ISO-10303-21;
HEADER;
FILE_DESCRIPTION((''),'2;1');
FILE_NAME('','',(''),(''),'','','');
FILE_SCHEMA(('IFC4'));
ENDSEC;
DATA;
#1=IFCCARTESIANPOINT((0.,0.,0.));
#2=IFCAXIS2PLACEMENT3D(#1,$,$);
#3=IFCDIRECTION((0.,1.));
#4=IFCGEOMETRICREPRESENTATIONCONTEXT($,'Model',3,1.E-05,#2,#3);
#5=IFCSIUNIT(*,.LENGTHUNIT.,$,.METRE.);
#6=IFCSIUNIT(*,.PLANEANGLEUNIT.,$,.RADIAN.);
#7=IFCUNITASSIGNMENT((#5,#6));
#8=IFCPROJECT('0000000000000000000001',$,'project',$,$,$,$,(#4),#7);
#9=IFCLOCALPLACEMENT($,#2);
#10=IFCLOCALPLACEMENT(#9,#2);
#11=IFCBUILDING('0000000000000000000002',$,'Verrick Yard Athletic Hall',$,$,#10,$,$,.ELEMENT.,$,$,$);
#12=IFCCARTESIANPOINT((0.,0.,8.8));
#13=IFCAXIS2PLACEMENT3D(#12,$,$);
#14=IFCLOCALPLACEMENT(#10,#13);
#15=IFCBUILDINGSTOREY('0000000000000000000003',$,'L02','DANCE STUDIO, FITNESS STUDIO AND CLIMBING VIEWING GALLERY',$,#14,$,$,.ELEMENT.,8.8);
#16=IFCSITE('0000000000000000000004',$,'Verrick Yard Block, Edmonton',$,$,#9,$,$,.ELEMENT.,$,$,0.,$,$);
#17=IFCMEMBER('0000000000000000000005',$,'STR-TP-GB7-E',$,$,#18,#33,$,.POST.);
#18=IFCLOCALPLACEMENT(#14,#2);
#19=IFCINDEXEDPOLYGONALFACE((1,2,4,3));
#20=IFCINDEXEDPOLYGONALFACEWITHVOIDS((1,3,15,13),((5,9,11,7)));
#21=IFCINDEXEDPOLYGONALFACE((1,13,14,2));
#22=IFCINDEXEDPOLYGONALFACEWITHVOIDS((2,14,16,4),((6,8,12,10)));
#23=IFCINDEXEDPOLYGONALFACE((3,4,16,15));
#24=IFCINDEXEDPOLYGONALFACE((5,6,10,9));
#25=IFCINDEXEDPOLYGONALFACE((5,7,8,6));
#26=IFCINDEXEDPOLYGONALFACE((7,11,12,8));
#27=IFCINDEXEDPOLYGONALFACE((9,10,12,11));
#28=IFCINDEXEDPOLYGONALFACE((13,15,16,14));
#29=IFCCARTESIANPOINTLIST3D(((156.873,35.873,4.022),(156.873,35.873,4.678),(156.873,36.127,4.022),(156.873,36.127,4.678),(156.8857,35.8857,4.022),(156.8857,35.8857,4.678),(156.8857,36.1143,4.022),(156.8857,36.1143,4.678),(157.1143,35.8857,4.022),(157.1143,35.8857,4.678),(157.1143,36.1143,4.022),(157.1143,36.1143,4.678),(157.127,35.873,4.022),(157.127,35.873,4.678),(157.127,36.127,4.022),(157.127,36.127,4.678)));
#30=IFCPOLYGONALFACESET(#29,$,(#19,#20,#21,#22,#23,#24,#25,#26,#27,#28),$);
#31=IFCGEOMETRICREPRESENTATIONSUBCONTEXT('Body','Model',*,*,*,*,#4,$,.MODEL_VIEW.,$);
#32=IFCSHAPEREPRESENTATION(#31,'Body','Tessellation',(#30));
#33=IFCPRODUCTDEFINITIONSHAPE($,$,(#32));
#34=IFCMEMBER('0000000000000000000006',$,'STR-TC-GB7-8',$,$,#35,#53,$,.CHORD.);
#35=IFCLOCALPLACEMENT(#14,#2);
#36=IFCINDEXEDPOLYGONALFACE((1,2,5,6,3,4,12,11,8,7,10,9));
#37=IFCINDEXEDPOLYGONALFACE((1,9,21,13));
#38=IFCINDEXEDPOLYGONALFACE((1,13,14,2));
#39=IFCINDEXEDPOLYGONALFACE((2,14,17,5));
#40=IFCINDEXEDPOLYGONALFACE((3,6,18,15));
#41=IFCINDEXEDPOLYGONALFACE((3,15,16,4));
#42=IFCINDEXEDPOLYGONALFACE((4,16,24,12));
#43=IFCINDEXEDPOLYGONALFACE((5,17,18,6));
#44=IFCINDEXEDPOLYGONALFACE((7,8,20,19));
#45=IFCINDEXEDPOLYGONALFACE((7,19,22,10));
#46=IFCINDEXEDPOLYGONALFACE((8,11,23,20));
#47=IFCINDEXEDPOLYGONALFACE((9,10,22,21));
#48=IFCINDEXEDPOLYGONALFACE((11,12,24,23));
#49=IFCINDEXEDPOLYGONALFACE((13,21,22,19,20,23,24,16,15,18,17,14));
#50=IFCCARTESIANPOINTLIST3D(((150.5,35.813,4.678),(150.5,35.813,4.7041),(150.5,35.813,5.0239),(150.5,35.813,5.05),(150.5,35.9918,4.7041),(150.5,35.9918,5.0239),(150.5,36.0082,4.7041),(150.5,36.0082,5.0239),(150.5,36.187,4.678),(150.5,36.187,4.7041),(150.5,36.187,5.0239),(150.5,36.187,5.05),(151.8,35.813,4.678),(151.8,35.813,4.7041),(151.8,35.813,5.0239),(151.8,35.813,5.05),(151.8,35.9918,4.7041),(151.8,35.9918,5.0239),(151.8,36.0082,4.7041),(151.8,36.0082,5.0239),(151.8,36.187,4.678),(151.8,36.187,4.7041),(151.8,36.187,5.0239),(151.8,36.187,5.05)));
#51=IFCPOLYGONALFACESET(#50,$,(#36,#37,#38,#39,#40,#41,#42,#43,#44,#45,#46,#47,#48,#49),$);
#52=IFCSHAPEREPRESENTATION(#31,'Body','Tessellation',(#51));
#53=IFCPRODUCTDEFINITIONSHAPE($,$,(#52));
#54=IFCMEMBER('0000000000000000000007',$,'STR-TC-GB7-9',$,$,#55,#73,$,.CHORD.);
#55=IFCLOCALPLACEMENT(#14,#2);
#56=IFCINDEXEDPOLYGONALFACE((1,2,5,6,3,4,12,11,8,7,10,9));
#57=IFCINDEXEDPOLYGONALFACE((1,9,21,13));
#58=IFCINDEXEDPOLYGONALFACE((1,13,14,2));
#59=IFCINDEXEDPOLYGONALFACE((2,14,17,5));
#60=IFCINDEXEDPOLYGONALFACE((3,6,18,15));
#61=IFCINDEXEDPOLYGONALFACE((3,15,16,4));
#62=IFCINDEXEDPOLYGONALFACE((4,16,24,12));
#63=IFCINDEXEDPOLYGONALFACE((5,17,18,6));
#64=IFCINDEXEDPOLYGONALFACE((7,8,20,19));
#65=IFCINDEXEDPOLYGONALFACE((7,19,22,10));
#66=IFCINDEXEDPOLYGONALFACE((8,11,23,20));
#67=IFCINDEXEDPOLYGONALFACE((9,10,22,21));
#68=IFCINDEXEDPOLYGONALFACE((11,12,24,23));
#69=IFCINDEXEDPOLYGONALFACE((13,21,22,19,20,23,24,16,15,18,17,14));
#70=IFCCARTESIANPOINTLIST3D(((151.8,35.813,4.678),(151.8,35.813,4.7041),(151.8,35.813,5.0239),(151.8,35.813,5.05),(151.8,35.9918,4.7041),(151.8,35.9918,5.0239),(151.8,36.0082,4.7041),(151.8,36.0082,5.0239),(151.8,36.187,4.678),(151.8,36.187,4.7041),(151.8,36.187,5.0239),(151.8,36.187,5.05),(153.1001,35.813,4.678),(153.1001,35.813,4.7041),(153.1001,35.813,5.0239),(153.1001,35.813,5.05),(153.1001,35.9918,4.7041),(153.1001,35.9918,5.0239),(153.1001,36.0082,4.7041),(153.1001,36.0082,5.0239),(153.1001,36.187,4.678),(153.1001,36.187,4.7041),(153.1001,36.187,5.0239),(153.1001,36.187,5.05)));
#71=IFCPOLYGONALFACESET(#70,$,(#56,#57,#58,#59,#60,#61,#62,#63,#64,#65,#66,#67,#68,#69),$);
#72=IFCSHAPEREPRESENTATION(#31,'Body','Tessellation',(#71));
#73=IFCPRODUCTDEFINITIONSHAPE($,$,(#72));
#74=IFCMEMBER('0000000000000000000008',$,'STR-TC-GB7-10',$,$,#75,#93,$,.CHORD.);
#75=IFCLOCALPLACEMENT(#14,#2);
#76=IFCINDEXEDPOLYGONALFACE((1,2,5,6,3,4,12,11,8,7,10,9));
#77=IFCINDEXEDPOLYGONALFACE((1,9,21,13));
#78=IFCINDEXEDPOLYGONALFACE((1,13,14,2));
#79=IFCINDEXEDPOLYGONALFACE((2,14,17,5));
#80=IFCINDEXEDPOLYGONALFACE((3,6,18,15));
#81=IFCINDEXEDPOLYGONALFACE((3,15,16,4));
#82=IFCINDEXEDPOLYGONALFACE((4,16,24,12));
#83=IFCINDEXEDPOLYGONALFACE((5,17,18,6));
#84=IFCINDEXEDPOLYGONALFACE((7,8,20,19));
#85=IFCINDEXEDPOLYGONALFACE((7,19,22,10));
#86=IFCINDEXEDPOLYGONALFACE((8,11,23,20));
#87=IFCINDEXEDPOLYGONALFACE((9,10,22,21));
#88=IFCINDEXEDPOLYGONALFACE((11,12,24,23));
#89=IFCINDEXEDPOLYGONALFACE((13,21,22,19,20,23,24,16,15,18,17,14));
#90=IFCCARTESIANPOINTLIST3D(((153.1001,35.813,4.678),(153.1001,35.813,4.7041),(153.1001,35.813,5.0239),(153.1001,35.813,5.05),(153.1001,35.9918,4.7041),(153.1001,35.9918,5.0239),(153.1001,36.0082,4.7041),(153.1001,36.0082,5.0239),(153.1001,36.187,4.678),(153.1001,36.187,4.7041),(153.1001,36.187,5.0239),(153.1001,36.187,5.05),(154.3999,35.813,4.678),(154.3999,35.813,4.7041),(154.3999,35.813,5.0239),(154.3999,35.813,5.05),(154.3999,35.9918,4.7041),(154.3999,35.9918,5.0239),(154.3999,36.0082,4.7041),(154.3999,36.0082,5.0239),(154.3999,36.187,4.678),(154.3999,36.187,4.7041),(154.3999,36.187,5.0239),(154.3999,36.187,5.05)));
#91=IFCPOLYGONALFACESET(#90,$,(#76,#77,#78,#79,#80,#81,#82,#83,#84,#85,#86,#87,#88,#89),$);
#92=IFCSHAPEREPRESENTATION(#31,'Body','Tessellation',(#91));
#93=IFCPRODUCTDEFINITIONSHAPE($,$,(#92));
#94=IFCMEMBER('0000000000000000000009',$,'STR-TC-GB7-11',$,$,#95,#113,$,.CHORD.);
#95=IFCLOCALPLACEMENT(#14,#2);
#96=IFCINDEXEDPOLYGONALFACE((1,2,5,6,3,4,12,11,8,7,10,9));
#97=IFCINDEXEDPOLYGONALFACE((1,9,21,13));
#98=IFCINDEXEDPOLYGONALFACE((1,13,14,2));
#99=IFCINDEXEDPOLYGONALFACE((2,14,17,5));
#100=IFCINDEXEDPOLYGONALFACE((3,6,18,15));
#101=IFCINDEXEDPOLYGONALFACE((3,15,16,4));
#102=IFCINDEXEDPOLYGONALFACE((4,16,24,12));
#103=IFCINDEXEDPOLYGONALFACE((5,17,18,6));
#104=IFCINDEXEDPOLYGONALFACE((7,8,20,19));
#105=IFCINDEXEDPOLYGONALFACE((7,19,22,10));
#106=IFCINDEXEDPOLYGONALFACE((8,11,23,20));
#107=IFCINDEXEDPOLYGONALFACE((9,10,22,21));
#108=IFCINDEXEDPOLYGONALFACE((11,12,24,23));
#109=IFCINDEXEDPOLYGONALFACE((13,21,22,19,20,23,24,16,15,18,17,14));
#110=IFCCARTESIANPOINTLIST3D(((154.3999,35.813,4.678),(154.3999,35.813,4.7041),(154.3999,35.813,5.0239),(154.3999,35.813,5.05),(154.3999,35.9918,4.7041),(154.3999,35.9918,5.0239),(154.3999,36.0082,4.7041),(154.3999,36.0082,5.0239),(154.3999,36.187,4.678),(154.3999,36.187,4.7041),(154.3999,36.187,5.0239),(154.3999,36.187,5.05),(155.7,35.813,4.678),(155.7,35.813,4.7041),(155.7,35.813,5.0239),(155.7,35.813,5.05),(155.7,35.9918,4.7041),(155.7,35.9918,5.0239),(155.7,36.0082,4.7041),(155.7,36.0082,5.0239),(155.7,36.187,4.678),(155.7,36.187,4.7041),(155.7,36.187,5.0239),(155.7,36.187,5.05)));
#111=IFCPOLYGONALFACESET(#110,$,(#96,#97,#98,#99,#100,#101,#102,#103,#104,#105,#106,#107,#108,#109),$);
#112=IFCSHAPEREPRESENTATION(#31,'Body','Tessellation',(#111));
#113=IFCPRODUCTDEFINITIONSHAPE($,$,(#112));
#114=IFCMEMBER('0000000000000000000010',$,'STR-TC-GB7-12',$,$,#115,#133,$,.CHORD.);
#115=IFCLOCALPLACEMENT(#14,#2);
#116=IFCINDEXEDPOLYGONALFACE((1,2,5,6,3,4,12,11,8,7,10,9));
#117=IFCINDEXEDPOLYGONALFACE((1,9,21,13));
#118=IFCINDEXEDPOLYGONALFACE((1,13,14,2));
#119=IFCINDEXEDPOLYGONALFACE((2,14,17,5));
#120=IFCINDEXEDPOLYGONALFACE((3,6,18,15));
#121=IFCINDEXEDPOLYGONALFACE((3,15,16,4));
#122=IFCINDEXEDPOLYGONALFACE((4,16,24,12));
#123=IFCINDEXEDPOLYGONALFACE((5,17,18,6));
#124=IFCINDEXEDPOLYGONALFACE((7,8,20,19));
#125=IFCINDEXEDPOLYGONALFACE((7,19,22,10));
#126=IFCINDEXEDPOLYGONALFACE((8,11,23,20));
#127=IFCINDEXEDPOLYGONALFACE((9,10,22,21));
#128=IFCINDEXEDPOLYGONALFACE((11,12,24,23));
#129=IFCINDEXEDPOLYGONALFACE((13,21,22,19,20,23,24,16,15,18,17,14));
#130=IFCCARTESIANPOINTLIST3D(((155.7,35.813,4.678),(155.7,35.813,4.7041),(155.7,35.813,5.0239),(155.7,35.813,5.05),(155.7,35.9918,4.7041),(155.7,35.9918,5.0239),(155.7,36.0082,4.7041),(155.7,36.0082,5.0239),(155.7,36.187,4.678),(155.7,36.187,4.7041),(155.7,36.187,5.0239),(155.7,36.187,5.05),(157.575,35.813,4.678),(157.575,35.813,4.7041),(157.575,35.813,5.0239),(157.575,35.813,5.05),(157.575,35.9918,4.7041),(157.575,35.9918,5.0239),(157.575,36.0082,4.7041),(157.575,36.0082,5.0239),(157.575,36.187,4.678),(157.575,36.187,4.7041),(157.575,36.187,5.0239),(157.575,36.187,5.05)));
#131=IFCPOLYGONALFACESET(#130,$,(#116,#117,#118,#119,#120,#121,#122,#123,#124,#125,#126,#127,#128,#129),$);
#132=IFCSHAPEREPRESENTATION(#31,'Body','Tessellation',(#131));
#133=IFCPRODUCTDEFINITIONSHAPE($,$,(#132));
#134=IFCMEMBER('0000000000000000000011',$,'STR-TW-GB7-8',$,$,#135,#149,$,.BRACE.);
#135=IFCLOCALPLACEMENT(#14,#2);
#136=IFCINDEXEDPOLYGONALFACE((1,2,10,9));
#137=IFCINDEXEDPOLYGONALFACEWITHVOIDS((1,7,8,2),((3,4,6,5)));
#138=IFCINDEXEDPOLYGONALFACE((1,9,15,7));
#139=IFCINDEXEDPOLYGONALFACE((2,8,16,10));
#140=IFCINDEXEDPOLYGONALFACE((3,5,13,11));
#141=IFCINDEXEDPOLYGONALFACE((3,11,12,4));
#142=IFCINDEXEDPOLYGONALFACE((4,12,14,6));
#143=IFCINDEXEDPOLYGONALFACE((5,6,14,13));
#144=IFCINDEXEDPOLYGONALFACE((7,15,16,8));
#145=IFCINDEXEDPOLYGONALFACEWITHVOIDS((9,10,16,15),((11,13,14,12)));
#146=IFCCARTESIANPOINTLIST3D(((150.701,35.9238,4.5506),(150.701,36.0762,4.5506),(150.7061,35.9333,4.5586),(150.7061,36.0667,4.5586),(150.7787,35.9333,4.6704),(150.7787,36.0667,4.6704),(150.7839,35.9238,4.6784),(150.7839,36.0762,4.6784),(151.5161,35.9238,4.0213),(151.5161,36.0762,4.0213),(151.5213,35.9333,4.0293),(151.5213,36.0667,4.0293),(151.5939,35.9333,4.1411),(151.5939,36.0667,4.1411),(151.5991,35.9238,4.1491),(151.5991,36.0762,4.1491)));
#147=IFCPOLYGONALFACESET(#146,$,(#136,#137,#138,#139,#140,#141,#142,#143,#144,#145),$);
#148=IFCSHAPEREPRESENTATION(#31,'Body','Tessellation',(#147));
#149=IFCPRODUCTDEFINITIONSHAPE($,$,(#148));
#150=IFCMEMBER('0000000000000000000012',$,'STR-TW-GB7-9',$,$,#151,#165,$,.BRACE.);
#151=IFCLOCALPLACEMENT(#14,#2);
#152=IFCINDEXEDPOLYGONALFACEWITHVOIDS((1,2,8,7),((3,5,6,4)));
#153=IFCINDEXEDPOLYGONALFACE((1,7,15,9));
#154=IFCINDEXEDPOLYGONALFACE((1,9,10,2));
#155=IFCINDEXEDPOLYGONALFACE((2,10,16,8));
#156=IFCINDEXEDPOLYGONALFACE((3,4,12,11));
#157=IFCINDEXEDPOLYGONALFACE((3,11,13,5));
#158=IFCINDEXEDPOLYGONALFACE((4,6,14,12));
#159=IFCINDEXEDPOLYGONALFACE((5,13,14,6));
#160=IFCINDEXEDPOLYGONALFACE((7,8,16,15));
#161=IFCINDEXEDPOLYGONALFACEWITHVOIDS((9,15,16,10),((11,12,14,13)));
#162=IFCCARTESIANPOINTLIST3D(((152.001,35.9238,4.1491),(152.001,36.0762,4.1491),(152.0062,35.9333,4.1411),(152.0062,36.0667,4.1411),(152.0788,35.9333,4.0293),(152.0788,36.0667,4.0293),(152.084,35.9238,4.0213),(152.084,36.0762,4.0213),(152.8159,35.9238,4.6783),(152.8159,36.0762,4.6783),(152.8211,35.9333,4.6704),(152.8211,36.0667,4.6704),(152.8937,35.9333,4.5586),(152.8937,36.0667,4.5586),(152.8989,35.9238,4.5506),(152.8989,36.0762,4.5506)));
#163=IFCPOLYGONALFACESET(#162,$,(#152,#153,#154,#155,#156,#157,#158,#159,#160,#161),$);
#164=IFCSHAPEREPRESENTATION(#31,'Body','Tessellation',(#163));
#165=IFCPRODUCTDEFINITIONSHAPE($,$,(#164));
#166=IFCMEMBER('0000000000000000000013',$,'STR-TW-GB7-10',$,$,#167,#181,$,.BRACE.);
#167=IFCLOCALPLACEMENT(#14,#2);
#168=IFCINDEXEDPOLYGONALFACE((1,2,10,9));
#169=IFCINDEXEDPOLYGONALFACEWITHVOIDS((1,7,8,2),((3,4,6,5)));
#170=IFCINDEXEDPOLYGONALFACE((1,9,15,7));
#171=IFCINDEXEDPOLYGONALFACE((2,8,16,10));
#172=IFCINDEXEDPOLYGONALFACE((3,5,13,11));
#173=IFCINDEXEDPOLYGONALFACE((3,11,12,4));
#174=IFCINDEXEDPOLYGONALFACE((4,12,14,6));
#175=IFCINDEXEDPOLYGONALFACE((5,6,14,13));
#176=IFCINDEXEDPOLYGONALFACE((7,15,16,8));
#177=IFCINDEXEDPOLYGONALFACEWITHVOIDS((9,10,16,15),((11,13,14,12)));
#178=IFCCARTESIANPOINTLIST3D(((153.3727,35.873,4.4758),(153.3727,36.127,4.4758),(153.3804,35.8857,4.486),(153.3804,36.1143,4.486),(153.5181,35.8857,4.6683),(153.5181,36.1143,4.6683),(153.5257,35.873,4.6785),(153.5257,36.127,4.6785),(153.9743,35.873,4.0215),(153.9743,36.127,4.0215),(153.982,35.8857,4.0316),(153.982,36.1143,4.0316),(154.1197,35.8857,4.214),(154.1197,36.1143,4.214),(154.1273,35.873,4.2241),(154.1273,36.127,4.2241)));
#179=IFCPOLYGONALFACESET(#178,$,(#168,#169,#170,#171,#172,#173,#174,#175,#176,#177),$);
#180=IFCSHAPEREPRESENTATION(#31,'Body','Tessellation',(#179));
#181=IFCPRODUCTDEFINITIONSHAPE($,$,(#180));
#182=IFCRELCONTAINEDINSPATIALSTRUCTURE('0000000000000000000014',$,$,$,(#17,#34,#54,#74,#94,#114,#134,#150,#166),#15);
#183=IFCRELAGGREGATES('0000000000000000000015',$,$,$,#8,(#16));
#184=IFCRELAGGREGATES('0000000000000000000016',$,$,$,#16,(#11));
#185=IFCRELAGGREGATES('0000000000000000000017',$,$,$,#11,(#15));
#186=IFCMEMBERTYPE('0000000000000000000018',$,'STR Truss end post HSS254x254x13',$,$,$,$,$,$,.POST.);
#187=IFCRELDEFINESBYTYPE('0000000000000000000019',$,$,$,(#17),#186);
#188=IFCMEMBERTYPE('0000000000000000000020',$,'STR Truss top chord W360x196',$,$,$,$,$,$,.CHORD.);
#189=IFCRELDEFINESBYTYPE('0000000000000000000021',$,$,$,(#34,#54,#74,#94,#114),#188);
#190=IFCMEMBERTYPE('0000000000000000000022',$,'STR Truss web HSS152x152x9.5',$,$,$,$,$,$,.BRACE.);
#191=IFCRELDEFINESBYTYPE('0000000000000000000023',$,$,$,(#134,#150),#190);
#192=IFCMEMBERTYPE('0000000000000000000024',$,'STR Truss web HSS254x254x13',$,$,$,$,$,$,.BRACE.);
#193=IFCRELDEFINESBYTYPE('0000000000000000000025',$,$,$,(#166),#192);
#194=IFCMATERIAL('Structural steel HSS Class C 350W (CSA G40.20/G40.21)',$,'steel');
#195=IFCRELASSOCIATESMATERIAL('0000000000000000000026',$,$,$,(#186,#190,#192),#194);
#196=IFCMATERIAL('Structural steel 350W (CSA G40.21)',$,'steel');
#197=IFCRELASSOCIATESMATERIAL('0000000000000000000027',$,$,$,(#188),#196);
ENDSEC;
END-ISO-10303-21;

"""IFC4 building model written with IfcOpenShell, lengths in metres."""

from ifc_helpers import new_model, si_unit, direction, frame, origin, origin_2d, place, context, subcontext, project, spatial, hollow_rectangle, i_section, extrude, material, material_profile, profile_set, type_object, element, save


model = new_model("IFC4")

# Units and contexts
model_context = context("Model", 3, precision=1e-05, world=origin(), true_north=direction((0.0, 1.0)))
body_context = subcontext(model_context, "Body", "Model", "MODEL_VIEW")
ifc_project = project(units=[si_unit("LENGTHUNIT", "METRE"), si_unit("PLANEANGLEUNIT", "RADIAN")], contexts=[model_context])

# Site, building, storey
site_placement = place(None, origin())
site = spatial("IfcSite", under=ifc_project, at=site_placement, Name="Verrick Yard Block, Edmonton", CompositionType="ELEMENT", RefElevation=0.0)
building_placement = place(site_placement, origin())
building = spatial("IfcBuilding", under=site, at=building_placement, Name="Verrick Yard Athletic Hall", CompositionType="ELEMENT")
storey_placement = place(building_placement, frame((0.0, 0.0, 8.8)))
storey = spatial("IfcBuildingStorey", under=building, at=storey_placement, Name="L02", Description="DANCE STUDIO, FITNESS STUDIO AND CLIMBING VIEWING GALLERY", CompositionType="ELEMENT", Elevation=8.8)

# Shared definitions
ifc_material_1 = material(Name="Structural steel 350W (CSA G40.21)", Category="steel")

# Members
ifc_material_2 = material(Name="Structural steel HSS Class C 350W (CSA G40.20/G40.21)", Category="steel")
ifc_material_profile_1 = material_profile(ifc_material_2, hollow_rectangle(XDim=0.2539, YDim=0.2539, WallThickness=0.0127, at=origin_2d()), Name="HSS254x254x13")
ifc_profile_set_1 = profile_set([ifc_material_profile_1], Name="Structural steel HSS Class C 350W (CSA G40.20/G40.21)")
member_type_1 = type_object("IfcMemberType", Name="STR Truss end post HSS254x254x13", PredefinedType="POST", material=ifc_profile_set_1)
member_1_placement = place(storey_placement, frame((157.0, 36.0, 4.022), z_axis=(0.0, 0.0, 1.0), x_axis=(1.0, 0.0, 0.0)))
element("IfcMember", 1, at=member_1_placement, inside=storey, type_object=member_type_1, Name="STR-TP-GB7-E", PredefinedType="POST", context=body_context, shape_type="SweptSolid", body=[
    extrude(hollow_rectangle(XDim=0.2539, YDim=0.2539, WallThickness=0.0127, at=origin_2d()), origin(), (0.0, 0.0, 1.0), 0.656),
])
ifc_material_profile_2 = material_profile(ifc_material_1, i_section(OverallWidth=0.374, OverallDepth=0.3721, WebThickness=0.0164, FlangeThickness=0.0261, at=origin_2d()), Name="W360x196")
ifc_profile_set_2 = profile_set([ifc_material_profile_2], Name="Structural steel 350W (CSA G40.21)")
member_type_2 = type_object("IfcMemberType", Name="STR Truss top chord W360x196", PredefinedType="CHORD", material=ifc_profile_set_2)
for number, where, z_axis, x_axis, name in (
    (2, (150.5, 36.0, 4.864), (1.0, 0.0, 0.0), (0.0, 1.0, 0.0), "STR-TC-GB7-8"),
    (3, (151.8, 36.0, 4.864), (1.0, 0.0, 0.0), (0.0, 1.0, 0.0), "STR-TC-GB7-9"),
):
    element("IfcMember", number, at=place(storey_placement, frame(where, z_axis=z_axis, x_axis=x_axis)), inside=storey, type_object=member_type_2, Name=name, PredefinedType="CHORD", context=body_context, shape_type="SweptSolid", body=[
        extrude(i_section(OverallWidth=0.374, OverallDepth=0.3721, WebThickness=0.0164, FlangeThickness=0.0261, at=origin_2d()), origin(), (0.0, 0.0, 1.0), 1.3),
    ])
member_2_placement = place(storey_placement, frame((153.1001, 36.0, 4.864), z_axis=(1.0, 0.0, 0.0), x_axis=(0.0, 1.0, 0.0)))
element("IfcMember", 4, at=member_2_placement, inside=storey, type_object=member_type_2, Name="STR-TC-GB7-10", PredefinedType="CHORD", context=body_context, shape_type="SweptSolid", body=[
    extrude(i_section(OverallWidth=0.374, OverallDepth=0.3721, WebThickness=0.0164, FlangeThickness=0.0261, at=origin_2d()), origin(), (0.0, 0.0, 1.0), 1.2998),
])
member_3_placement = place(storey_placement, frame((154.3999, 36.0, 4.864), z_axis=(1.0, 0.0, 0.0), x_axis=(0.0, 1.0, 0.0)))
element("IfcMember", 5, at=member_3_placement, inside=storey, type_object=member_type_2, Name="STR-TC-GB7-11", PredefinedType="CHORD", context=body_context, shape_type="SweptSolid", body=[
    extrude(i_section(OverallWidth=0.374, OverallDepth=0.3721, WebThickness=0.0164, FlangeThickness=0.0261, at=origin_2d()), origin(), (0.0, 0.0, 1.0), 1.3),
])
member_4_placement = place(storey_placement, frame((155.7, 36.0, 4.864), z_axis=(1.0, 0.0, 0.0), x_axis=(0.0, 1.0, 0.0)))
element("IfcMember", 6, at=member_4_placement, inside=storey, type_object=member_type_2, Name="STR-TC-GB7-12", PredefinedType="CHORD", context=body_context, shape_type="SweptSolid", body=[
    extrude(i_section(OverallWidth=0.374, OverallDepth=0.3721, WebThickness=0.0164, FlangeThickness=0.0261, at=origin_2d()), origin(), (0.0, 0.0, 1.0), 1.875),
])
ifc_material_profile_3 = material_profile(ifc_material_2, hollow_rectangle(XDim=0.1523, YDim=0.1523, WallThickness=0.0095, at=origin_2d()), Name="HSS152x152x9.5")
ifc_profile_set_3 = profile_set([ifc_material_profile_3], Name="Structural steel HSS Class C 350W (CSA G40.20/G40.21)")
member_type_3 = type_object("IfcMemberType", Name="STR Truss web HSS152x152x9.5", PredefinedType="BRACE", material=ifc_profile_set_3)
member_5_placement = place(storey_placement, frame((150.7424, 36.0, 4.6145), z_axis=(0.838713, 0.0, -0.544573), x_axis=(0.0, 1.0, 0.0)))
element("IfcMember", 7, at=member_5_placement, inside=storey, type_object=member_type_3, Name="STR-TW-GB7-8", PredefinedType="BRACE", context=body_context, shape_type="SweptSolid", body=[
    extrude(hollow_rectangle(XDim=0.1523, YDim=0.1523, WallThickness=0.0095, at=origin_2d()), origin(), (0.0, 0.0, 1.0), 0.9719),
])
member_6_placement = place(storey_placement, frame((152.0425, 36.0, 4.0852), z_axis=(0.838639, 0.0, 0.544688), x_axis=(0.0, 1.0, 0.0)))
element("IfcMember", 8, at=member_6_placement, inside=storey, type_object=member_type_3, Name="STR-TW-GB7-9", PredefinedType="BRACE", context=body_context, shape_type="SweptSolid", body=[
    extrude(hollow_rectangle(XDim=0.1523, YDim=0.1523, WallThickness=0.0095, at=origin_2d()), origin(), (0.0, 0.0, 1.0), 0.9717),
])
ifc_material_profile_4 = material_profile(ifc_material_2, hollow_rectangle(XDim=0.2539, YDim=0.2539, WallThickness=0.0127, at=origin_2d()), Name="HSS254x254x13")
ifc_profile_set_4 = profile_set([ifc_material_profile_4], Name="Structural steel HSS Class C 350W (CSA G40.20/G40.21)")
member_type_4 = type_object("IfcMemberType", Name="STR Truss web HSS254x254x13", PredefinedType="BRACE", material=ifc_profile_set_4)
member_7_placement = place(storey_placement, frame((153.4492, 36.0, 4.5771), z_axis=(0.797975, 0.0, -0.602691), x_axis=(0.0, 1.0, 0.0)))
element("IfcMember", 9, at=member_7_placement, inside=storey, type_object=member_type_4, Name="STR-TW-GB7-10", PredefinedType="BRACE", context=body_context, shape_type="SweptSolid", body=[
    extrude(hollow_rectangle(XDim=0.2539, YDim=0.2539, WallThickness=0.0127, at=origin_2d()), origin(), (0.0, 0.0, 1.0), 0.7539),
])

save(model, "model.ifc")
